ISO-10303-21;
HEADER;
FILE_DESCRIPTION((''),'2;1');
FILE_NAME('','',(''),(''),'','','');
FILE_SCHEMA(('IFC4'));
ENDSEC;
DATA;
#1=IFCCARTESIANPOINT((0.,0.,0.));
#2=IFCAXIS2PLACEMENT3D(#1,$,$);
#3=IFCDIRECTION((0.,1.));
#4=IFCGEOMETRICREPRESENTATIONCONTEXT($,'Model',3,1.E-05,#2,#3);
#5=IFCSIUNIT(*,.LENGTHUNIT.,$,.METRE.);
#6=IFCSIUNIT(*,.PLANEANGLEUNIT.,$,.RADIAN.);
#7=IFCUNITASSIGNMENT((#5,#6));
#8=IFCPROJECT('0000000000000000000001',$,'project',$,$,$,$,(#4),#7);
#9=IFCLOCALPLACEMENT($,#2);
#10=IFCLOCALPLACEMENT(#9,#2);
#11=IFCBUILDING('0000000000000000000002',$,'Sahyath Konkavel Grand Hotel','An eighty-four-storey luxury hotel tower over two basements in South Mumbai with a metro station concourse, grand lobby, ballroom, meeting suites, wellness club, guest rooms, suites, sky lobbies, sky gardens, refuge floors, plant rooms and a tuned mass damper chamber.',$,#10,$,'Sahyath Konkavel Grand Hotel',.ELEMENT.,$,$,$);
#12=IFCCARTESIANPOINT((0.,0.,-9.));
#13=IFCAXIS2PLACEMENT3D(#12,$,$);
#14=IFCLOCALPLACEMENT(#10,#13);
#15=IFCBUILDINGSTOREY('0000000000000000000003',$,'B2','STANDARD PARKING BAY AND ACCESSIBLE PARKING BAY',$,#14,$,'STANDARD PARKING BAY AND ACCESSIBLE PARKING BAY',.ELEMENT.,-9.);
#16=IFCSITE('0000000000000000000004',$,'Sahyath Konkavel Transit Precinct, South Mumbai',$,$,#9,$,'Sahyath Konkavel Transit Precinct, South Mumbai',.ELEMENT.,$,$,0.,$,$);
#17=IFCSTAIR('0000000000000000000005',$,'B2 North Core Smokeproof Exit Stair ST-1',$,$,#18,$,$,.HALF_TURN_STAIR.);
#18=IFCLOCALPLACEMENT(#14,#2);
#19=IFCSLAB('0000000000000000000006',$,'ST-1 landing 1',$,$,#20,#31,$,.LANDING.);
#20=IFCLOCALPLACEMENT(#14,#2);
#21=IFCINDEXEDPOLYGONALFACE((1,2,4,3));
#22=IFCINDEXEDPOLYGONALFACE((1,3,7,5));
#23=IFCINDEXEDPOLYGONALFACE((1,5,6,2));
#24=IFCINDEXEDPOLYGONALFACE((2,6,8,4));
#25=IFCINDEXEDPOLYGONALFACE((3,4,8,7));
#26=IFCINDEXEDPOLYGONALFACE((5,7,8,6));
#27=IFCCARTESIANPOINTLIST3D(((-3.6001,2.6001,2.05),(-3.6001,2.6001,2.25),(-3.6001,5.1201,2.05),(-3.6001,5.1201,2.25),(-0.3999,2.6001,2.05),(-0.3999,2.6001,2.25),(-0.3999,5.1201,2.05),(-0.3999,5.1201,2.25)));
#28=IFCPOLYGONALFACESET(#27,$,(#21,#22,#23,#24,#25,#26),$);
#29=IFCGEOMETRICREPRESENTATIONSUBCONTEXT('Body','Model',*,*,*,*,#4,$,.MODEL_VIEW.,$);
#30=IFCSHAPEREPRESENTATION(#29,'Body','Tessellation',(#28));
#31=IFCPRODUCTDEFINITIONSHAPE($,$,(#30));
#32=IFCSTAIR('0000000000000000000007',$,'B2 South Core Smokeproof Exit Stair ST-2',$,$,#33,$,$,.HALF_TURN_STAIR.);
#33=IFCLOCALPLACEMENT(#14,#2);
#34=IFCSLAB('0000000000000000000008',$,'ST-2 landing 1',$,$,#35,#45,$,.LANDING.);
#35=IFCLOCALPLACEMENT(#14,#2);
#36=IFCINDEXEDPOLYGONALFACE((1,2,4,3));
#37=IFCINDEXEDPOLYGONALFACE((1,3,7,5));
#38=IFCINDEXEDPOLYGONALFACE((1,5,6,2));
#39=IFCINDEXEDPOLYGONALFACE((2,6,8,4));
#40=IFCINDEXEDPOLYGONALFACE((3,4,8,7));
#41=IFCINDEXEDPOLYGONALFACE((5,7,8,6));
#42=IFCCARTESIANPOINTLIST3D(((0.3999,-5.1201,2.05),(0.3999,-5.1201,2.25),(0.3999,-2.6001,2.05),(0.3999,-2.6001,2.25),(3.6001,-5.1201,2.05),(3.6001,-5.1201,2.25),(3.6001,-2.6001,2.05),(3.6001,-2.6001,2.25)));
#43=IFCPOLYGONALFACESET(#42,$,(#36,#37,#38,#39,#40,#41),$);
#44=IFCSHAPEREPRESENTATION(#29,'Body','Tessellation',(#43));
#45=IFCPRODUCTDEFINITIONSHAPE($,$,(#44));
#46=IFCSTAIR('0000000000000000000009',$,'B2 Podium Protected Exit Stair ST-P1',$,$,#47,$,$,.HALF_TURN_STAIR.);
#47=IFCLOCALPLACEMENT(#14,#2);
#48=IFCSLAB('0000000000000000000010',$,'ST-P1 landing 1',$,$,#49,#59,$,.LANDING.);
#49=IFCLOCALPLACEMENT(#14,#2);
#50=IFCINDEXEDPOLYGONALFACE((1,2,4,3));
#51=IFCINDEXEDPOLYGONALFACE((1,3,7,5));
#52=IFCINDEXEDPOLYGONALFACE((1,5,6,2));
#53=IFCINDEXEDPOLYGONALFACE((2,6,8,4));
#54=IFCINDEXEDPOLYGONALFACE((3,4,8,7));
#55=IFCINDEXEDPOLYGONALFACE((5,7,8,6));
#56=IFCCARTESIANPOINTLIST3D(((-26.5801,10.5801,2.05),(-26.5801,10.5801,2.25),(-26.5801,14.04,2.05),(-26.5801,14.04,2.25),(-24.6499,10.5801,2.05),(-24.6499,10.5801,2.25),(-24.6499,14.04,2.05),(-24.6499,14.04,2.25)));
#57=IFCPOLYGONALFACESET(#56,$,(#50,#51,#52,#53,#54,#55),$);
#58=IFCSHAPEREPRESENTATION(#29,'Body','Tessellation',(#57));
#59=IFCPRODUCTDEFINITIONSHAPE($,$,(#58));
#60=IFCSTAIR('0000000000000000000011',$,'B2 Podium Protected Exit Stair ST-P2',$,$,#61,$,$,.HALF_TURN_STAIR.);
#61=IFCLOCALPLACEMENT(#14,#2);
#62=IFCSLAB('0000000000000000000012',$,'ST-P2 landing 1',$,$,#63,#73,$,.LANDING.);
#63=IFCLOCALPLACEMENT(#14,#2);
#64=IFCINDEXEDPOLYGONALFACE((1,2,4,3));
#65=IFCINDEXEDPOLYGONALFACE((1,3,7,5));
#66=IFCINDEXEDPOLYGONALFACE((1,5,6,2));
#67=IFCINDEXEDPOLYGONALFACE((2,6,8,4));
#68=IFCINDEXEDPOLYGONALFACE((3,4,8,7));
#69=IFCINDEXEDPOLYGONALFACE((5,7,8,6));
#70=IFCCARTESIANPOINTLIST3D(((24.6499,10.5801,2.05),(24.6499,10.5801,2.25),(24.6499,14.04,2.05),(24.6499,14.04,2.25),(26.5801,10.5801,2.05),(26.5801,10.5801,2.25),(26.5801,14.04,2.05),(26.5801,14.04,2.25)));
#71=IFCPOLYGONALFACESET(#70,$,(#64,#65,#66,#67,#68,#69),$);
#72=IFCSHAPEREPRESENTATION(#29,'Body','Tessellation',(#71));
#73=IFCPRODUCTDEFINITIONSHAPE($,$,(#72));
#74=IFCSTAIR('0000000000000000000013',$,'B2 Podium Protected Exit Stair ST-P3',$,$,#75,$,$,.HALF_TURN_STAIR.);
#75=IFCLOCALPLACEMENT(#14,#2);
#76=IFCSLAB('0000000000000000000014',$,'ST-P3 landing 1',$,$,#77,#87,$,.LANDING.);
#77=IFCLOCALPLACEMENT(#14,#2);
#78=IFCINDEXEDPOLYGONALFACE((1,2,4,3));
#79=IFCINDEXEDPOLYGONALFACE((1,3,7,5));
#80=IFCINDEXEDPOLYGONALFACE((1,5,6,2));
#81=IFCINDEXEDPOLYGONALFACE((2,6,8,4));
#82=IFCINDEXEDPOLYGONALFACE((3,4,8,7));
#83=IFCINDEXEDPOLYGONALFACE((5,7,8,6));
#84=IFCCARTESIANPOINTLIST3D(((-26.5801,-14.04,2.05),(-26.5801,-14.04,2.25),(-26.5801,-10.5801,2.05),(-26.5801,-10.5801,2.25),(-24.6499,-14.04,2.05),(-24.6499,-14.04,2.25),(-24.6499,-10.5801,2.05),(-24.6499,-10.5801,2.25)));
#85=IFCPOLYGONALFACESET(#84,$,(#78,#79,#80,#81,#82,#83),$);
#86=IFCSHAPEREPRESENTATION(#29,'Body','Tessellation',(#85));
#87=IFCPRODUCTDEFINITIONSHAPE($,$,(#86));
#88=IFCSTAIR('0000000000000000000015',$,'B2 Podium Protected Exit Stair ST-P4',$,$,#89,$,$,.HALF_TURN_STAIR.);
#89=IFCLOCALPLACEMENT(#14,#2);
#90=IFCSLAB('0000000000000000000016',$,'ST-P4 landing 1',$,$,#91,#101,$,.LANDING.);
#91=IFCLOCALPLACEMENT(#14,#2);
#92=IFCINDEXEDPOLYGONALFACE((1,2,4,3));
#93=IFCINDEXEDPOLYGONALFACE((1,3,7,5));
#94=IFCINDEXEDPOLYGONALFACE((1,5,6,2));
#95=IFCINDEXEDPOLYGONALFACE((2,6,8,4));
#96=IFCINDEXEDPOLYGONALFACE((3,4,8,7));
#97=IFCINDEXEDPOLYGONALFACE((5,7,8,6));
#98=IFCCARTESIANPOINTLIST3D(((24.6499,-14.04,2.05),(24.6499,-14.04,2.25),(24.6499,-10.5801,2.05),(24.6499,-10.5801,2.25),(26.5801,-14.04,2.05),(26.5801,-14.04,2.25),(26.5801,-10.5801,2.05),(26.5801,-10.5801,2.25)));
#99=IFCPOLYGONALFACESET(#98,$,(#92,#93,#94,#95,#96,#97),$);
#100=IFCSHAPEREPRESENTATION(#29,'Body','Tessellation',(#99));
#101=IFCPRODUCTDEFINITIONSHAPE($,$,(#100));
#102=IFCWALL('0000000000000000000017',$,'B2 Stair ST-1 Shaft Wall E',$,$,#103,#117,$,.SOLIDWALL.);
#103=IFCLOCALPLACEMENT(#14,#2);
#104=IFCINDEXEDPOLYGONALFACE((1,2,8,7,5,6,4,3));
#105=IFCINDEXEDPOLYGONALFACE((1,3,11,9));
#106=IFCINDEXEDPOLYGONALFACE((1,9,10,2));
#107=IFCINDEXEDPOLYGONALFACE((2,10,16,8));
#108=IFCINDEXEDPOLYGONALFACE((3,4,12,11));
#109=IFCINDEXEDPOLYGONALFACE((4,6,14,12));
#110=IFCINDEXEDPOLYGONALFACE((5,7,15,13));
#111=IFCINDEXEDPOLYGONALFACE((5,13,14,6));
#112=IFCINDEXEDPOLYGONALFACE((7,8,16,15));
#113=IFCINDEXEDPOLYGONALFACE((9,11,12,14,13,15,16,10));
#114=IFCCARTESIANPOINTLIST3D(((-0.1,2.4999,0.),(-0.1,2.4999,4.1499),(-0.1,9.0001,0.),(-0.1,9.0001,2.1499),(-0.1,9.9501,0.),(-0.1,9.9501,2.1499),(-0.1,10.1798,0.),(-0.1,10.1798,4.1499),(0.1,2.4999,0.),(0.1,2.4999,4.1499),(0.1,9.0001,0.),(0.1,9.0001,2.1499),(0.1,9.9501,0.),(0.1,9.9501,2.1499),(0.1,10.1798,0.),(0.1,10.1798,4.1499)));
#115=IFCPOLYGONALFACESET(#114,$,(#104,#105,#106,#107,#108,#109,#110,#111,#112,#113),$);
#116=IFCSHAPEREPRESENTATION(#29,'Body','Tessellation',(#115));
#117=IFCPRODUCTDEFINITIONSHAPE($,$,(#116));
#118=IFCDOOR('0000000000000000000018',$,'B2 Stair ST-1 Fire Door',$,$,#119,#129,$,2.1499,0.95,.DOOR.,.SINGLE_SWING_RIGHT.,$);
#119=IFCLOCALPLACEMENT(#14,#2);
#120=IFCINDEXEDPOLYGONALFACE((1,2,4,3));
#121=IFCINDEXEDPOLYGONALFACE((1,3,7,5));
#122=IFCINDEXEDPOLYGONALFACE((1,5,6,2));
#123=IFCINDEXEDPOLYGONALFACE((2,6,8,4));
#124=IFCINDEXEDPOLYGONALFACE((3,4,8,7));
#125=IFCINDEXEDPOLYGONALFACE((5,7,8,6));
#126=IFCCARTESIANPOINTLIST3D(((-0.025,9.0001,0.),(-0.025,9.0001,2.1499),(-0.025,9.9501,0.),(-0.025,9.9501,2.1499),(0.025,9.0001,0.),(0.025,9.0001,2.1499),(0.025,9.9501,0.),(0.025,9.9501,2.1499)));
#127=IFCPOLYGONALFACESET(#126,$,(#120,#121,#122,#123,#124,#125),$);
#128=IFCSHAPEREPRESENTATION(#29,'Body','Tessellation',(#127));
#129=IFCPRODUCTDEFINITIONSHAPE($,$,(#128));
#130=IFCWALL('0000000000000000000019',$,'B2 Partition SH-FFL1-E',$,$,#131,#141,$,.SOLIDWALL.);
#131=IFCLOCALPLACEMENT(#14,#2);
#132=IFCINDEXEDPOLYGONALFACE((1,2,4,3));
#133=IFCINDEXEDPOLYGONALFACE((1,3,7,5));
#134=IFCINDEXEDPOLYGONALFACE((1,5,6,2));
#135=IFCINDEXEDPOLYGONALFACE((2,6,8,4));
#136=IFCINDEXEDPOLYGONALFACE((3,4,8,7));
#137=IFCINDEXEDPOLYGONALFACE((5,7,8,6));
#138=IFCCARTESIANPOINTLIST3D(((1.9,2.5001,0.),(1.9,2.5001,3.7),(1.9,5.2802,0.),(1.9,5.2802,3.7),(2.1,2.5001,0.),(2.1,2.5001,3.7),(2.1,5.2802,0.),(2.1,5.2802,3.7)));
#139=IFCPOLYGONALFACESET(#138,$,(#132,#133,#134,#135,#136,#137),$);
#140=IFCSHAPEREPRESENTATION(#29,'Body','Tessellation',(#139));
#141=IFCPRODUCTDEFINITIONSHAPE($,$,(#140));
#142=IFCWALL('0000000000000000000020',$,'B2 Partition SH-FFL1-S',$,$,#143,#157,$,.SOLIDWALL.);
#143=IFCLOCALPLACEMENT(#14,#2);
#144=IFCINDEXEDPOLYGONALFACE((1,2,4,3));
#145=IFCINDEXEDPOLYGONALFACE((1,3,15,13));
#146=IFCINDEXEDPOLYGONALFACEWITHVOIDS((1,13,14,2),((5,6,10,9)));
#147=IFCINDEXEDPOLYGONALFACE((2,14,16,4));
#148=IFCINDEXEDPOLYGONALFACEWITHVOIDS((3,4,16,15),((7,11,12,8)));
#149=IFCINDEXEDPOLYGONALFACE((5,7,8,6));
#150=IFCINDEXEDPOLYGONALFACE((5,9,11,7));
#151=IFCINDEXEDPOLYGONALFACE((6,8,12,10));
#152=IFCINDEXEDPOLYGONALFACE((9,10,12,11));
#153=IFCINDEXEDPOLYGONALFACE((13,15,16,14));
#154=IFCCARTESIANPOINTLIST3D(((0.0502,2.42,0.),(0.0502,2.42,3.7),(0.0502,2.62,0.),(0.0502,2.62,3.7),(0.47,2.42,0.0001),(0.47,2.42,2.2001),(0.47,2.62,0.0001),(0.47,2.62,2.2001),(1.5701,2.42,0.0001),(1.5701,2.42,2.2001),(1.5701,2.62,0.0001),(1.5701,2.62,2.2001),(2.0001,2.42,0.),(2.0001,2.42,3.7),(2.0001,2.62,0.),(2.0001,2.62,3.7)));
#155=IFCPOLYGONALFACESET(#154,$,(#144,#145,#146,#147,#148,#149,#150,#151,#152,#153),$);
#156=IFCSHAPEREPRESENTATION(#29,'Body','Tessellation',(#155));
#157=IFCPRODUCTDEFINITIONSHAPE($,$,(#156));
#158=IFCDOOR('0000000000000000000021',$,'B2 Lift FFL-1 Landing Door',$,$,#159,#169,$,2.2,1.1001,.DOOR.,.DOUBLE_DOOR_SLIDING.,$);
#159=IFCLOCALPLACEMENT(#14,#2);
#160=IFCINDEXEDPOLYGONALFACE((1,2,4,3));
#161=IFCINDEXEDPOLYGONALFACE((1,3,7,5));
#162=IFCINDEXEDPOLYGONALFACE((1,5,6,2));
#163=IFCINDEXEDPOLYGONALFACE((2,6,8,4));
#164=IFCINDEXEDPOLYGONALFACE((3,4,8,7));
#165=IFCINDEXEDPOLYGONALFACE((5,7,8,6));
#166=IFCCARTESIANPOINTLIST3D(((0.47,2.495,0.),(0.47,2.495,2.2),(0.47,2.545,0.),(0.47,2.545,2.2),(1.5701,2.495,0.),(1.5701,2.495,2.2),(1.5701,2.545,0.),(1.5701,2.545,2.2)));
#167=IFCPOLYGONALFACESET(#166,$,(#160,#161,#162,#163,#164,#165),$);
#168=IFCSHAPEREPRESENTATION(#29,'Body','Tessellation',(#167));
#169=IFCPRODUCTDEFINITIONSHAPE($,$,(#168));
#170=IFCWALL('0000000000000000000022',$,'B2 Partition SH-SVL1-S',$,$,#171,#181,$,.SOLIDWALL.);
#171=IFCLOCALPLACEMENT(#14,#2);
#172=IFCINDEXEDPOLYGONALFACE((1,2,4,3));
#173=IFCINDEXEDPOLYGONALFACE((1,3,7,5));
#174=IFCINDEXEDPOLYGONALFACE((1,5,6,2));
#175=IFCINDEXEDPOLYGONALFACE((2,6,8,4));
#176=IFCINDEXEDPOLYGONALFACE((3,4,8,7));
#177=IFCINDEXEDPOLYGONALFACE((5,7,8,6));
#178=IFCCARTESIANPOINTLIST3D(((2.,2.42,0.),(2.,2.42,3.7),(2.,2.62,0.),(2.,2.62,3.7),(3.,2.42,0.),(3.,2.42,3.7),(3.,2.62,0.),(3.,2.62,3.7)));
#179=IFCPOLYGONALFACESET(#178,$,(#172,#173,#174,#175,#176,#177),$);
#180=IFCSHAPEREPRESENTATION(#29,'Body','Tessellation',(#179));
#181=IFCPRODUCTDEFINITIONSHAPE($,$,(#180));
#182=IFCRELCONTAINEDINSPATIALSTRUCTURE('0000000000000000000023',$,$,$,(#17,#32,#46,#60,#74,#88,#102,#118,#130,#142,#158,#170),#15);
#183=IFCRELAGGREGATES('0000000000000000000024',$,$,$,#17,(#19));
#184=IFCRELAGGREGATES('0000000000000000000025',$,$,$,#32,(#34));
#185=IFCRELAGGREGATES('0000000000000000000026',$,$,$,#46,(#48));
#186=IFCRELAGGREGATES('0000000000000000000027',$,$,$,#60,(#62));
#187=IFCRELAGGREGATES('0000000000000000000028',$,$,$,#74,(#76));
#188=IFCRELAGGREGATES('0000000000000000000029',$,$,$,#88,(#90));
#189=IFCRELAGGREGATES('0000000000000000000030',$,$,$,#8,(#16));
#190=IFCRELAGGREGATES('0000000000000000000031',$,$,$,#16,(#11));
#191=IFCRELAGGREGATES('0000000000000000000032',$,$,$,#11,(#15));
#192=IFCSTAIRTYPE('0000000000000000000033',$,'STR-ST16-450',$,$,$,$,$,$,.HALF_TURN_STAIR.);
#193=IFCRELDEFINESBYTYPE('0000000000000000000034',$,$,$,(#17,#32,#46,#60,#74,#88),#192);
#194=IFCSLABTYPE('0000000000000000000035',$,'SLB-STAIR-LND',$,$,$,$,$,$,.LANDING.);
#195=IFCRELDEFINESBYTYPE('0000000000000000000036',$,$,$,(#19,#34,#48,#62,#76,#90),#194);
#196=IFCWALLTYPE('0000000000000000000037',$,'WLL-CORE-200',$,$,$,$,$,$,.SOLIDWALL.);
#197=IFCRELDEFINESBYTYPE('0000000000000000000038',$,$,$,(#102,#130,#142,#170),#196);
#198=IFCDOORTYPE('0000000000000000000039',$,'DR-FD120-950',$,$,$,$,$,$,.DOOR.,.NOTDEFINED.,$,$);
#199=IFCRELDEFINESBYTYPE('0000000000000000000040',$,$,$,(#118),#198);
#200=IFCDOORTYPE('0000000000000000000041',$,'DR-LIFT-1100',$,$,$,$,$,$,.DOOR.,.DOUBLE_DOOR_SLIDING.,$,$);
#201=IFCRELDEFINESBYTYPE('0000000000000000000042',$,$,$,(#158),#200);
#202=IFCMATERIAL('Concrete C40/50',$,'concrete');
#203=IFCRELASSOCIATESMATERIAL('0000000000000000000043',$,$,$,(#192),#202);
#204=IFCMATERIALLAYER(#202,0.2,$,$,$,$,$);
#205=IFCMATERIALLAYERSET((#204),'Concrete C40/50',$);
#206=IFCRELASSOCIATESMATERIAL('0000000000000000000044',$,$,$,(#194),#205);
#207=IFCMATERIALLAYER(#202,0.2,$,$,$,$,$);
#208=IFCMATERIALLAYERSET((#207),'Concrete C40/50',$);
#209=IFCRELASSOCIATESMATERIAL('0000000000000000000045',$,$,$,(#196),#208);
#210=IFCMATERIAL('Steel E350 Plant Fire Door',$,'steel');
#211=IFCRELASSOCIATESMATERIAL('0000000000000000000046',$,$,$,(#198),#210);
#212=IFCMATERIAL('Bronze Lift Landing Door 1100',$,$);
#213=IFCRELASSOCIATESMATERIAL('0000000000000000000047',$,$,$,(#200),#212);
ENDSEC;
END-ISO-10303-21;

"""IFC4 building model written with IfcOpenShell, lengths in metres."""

from ifc_helpers import new_model, si_unit, direction, frame, frame_2d, origin, origin_2d, place, context, subcontext, project, spatial, polyline, rectangle, outline, extrude, source, transform, mapped, material, layer, layer_set, type_object, element, fill, aggregate, save


model = new_model("IFC4")

# Units and contexts
model_context = context("Model", 3, precision=1e-05, world=origin(), true_north=direction((0.0, 1.0)))
body_context = subcontext(model_context, "Body", "Model", "MODEL_VIEW")
ifc_project = project(units=[si_unit("LENGTHUNIT", "METRE"), si_unit("PLANEANGLEUNIT", "RADIAN")], contexts=[model_context])

# Site, building, storey
site_placement = place(None, origin())
site = spatial("IfcSite", under=ifc_project, at=site_placement, Name="Sahyath Konkavel Transit Precinct, South Mumbai", LongName="Sahyath Konkavel Transit Precinct, South Mumbai", CompositionType="ELEMENT", RefElevation=0.0)
building_placement = place(site_placement, origin())
building = spatial("IfcBuilding", under=site, at=building_placement, Name="Sahyath Konkavel Grand Hotel", Description="An eighty-four-storey luxury hotel tower over two basements in South Mumbai with a metro station concourse, grand lobby, ballroom, meeting suites, wellness club, guest rooms, suites, sky lobbies, sky gardens, refuge floors, plant rooms and a tuned mass damper chamber.", LongName="Sahyath Konkavel Grand Hotel", CompositionType="ELEMENT")
storey_placement = place(building_placement, frame((0.0, 0.0, -9.0)))
storey = spatial("IfcBuildingStorey", under=building, at=storey_placement, Name="B2", Description="STANDARD PARKING BAY AND ACCESSIBLE PARKING BAY", LongName="STANDARD PARKING BAY AND ACCESSIBLE PARKING BAY", CompositionType="ELEMENT", Elevation=-9.0)

# Stairs, slabs
ifc_material_1 = material(Name="Concrete C40/50", Category="concrete")
stair_type = type_object("IfcStairType", Name="STR-ST16-450", PredefinedType="HALF_TURN_STAIR", material=ifc_material_1)
stair_1_placement = place(storey_placement, origin())
stair_1 = element("IfcStair", 1, at=stair_1_placement, inside=storey, type_object=stair_type, Name="B2 North Core Smokeproof Exit Stair ST-1", PredefinedType="HALF_TURN_STAIR")
ifc_layer_1 = layer(ifc_material_1, 0.2)
ifc_layer_set_1 = layer_set([ifc_layer_1], Name="Concrete C40/50")
slab_type_1 = type_object("IfcSlabType", Name="SLB-STAIR-LND", PredefinedType="LANDING", material=ifc_layer_set_1)
slab_1_placement = place(storey_placement, frame((0.0, 0.0, 2.05)))
slab_1 = element("IfcSlab", 2, at=slab_1_placement, type_object=slab_type_1, Name="ST-1 landing 1", PredefinedType="LANDING", context=body_context, shape_type="SweptSolid", body=[
    extrude(outline(polyline([(-3.6001, 5.1201), (-3.6001, 2.6001), (-0.3999, 2.6001), (-0.3999, 5.1201), (-3.6001, 5.1201)])), origin(), (0.0, 0.0, 1.0), 0.2),
])
aggregate(stair_1, [slab_1])
stair_2_placement = place(storey_placement, origin())
stair_2 = element("IfcStair", 3, at=stair_2_placement, inside=storey, type_object=stair_type, Name="B2 South Core Smokeproof Exit Stair ST-2", PredefinedType="HALF_TURN_STAIR")
slab_2_placement = place(storey_placement, frame((0.0, 0.0, 2.05)))
slab_2 = element("IfcSlab", 4, at=slab_2_placement, type_object=slab_type_1, Name="ST-2 landing 1", PredefinedType="LANDING", context=body_context, shape_type="SweptSolid", body=[
    extrude(outline(polyline([(3.6001, -5.1201), (3.6001, -2.6001), (0.3999, -2.6001), (0.3999, -5.1201), (3.6001, -5.1201)])), origin(), (0.0, 0.0, 1.0), 0.2),
])
aggregate(stair_2, [slab_2])
stair_3_placement = place(storey_placement, origin())
stair_3 = element("IfcStair", 5, at=stair_3_placement, inside=storey, type_object=stair_type, Name="B2 Podium Protected Exit Stair ST-P1", PredefinedType="HALF_TURN_STAIR")
slab_3_placement = place(storey_placement, frame((0.0, 0.0, 2.05)))
slab_3 = element("IfcSlab", 6, at=slab_3_placement, type_object=slab_type_1, Name="ST-P1 landing 1", PredefinedType="LANDING", context=body_context, shape_type="SweptSolid", body=[
    extrude(outline(polyline([(-24.6499, 14.04), (-26.5801, 14.04), (-26.5801, 10.5801), (-24.6499, 10.5801), (-24.6499, 14.04)])), origin(), (0.0, 0.0, 1.0), 0.2),
])
aggregate(stair_3, [slab_3])
stair_4_placement = place(storey_placement, origin())
stair_4 = element("IfcStair", 7, at=stair_4_placement, inside=storey, type_object=stair_type, Name="B2 Podium Protected Exit Stair ST-P2", PredefinedType="HALF_TURN_STAIR")
slab_4_placement = place(storey_placement, frame((0.0, 0.0, 2.05)))
slab_4 = element("IfcSlab", 8, at=slab_4_placement, type_object=slab_type_1, Name="ST-P2 landing 1", PredefinedType="LANDING", context=body_context, shape_type="SweptSolid", body=[
    extrude(outline(polyline([(24.6499, 10.5801), (26.5801, 10.5801), (26.5801, 14.04), (24.6499, 14.04), (24.6499, 10.5801)])), origin(), (0.0, 0.0, 1.0), 0.2),
])
aggregate(stair_4, [slab_4])
stair_5_placement = place(storey_placement, origin())
stair_5 = element("IfcStair", 9, at=stair_5_placement, inside=storey, type_object=stair_type, Name="B2 Podium Protected Exit Stair ST-P3", PredefinedType="HALF_TURN_STAIR")
slab_5_placement = place(storey_placement, frame((0.0, 0.0, 2.05)))
slab_5 = element("IfcSlab", 10, at=slab_5_placement, type_object=slab_type_1, Name="ST-P3 landing 1", PredefinedType="LANDING", context=body_context, shape_type="SweptSolid", body=[
    extrude(outline(polyline([(-24.6499, -10.5801), (-26.5801, -10.5801), (-26.5801, -14.04), (-24.6499, -14.04), (-24.6499, -10.5801)])), origin(), (0.0, 0.0, 1.0), 0.2),
])
aggregate(stair_5, [slab_5])
stair_6_placement = place(storey_placement, origin())
stair_6 = element("IfcStair", 11, at=stair_6_placement, inside=storey, type_object=stair_type, Name="B2 Podium Protected Exit Stair ST-P4", PredefinedType="HALF_TURN_STAIR")
slab_6_placement = place(storey_placement, frame((0.0, 0.0, 2.05)))
slab_6 = element("IfcSlab", 12, at=slab_6_placement, type_object=slab_type_1, Name="ST-P4 landing 1", PredefinedType="LANDING", context=body_context, shape_type="SweptSolid", body=[
    extrude(outline(polyline([(24.6499, -14.04), (26.5801, -14.04), (26.5801, -10.5801), (24.6499, -10.5801), (24.6499, -14.04)])), origin(), (0.0, 0.0, 1.0), 0.2),
])
aggregate(stair_6, [slab_6])

# Wall, opening, door
ifc_layer_2 = layer(ifc_material_1, 0.2)
ifc_layer_set_2 = layer_set([ifc_layer_2], Name="Concrete C40/50")
wall_type = type_object("IfcWallType", Name="WLL-CORE-200", PredefinedType="SOLIDWALL", material=ifc_layer_set_2)
wall_1_placement = place(storey_placement, frame((0.0, 2.5, 0.0), z_axis=(0.0, 0.0, 1.0), x_axis=(0.0, 1.0, 0.0)))
wall_1 = element("IfcWall", 13, at=wall_1_placement, inside=storey, type_object=wall_type, Name="B2 Stair ST-1 Shaft Wall E", PredefinedType="SOLIDWALL", context=body_context, shape_type="SweptSolid", body=[
    extrude(rectangle(XDim=7.6799, YDim=0.2, at=frame_2d((3.8398, 0.0))), origin(), (0.0, 0.0, 1.0), 4.1499),
])
opening_1_placement = place(wall_1_placement, frame((6.5, 0.0, 0.0)))
opening_1 = element("IfcOpeningElement", 14, at=opening_1_placement, cuts=wall_1, PredefinedType="OPENING", context=body_context, shape_type="SweptSolid", body=[
    extrude(rectangle(XDim=0.95, YDim=2.1499, at=frame_2d((0.4751, 1.075))), frame((0.0, 0.1099, 0.0), z_axis=(0.0, -1.0, 0.0), x_axis=(1.0, 0.0, 0.0)), (0.0, 0.0, 1.0), 0.22),
])
ifc_material_2 = material(Name="Steel E350 Plant Fire Door", Category="steel")
door_type_1 = type_object("IfcDoorType", Name="DR-FD120-950", OperationType="NOTDEFINED", PredefinedType="DOOR", material=ifc_material_2)
shared_shape_1 = source(origin(), body_context, "Body", "SweptSolid", [
    extrude(rectangle(XDim=0.95, YDim=0.05, at=origin_2d()), origin(), (0.0, 0.0, 1.0), 2.1499),
])
door_1_placement = place(opening_1_placement, frame((0.4751, 0.0, 0.0)))
door_1 = element("IfcDoor", 15, at=door_1_placement, inside=storey, type_object=door_type_1, Name="B2 Stair ST-1 Fire Door", OperationType="SINGLE_SWING_RIGHT", OverallHeight=2.1499, OverallWidth=0.95, PredefinedType="DOOR", context=body_context, shape_type="MappedRepresentation", body=[
    mapped(shared_shape_1, transform((0.0, 0.0, 0.0), scale=1.0)),
])
fill(opening_1, door_1)

# Wall
wall_2_placement = place(storey_placement, frame((2.0, 2.5, 0.0), z_axis=(0.0, 0.0, 1.0), x_axis=(0.0, 1.0, 0.0)))
element("IfcWall", 16, at=wall_2_placement, inside=storey, type_object=wall_type, Name="B2 Partition SH-FFL1-E", PredefinedType="SOLIDWALL", context=body_context, shape_type="SweptSolid", body=[
    extrude(rectangle(XDim=2.78, YDim=0.2, at=frame_2d((1.3901, 0.0))), origin(), (0.0, 0.0, 1.0), 3.7),
])

# Wall, opening, door
wall_3_placement = place(storey_placement, frame((0.05, 2.52, 0.0), z_axis=(0.0, 0.0, 1.0), x_axis=(1.0, 0.0, 0.0)))
wall_3 = element("IfcWall", 17, at=wall_3_placement, inside=storey, type_object=wall_type, Name="B2 Partition SH-FFL1-S", PredefinedType="SOLIDWALL", context=body_context, shape_type="SweptSolid", body=[
    extrude(rectangle(XDim=1.95, YDim=0.2, at=frame_2d((0.9751, 0.0))), origin(), (0.0, 0.0, 1.0), 3.7),
])
opening_2_placement = place(wall_3_placement, frame((0.4199, 0.0, 0.0)))
opening_2 = element("IfcOpeningElement", 18, at=opening_2_placement, cuts=wall_3, PredefinedType="OPENING", context=body_context, shape_type="SweptSolid", body=[
    extrude(rectangle(XDim=1.1001, YDim=2.2, at=frame_2d((0.55, 1.1001))), frame((0.0, 0.1099, 0.0), z_axis=(0.0, -1.0, 0.0), x_axis=(1.0, 0.0, 0.0)), (0.0, 0.0, 1.0), 0.22),
])
ifc_material_3 = material(Name="Bronze Lift Landing Door 1100")
door_type_2 = type_object("IfcDoorType", Name="DR-LIFT-1100", OperationType="DOUBLE_DOOR_SLIDING", PredefinedType="DOOR", material=ifc_material_3)
shared_shape_2 = source(origin(), body_context, "Body", "SweptSolid", [
    extrude(rectangle(XDim=1.1001, YDim=0.05, at=origin_2d()), origin(), (0.0, 0.0, 1.0), 2.2),
])
door_2_placement = place(opening_2_placement, frame((0.55, 0.0, 0.0)))
door_2 = element("IfcDoor", 19, at=door_2_placement, inside=storey, type_object=door_type_2, Name="B2 Lift FFL-1 Landing Door", OperationType="DOUBLE_DOOR_SLIDING", OverallHeight=2.2, OverallWidth=1.1001, PredefinedType="DOOR", context=body_context, shape_type="MappedRepresentation", body=[
    mapped(shared_shape_2, transform((0.0, 0.0, 0.0), scale=1.0)),
])
fill(opening_2, door_2)

# Wall
wall_4_placement = place(storey_placement, frame((2.0, 2.52, 0.0), z_axis=(0.0, 0.0, 1.0), x_axis=(1.0, 0.0, 0.0)))
element("IfcWall", 20, at=wall_4_placement, inside=storey, type_object=wall_type, Name="B2 Partition SH-SVL1-S", PredefinedType="SOLIDWALL", context=body_context, shape_type="SweptSolid", body=[
    extrude(rectangle(XDim=1.0, YDim=0.2, at=frame_2d((0.5, 0.0))), origin(), (0.0, 0.0, 1.0), 3.7),
])

save(model, "model.ifc")
